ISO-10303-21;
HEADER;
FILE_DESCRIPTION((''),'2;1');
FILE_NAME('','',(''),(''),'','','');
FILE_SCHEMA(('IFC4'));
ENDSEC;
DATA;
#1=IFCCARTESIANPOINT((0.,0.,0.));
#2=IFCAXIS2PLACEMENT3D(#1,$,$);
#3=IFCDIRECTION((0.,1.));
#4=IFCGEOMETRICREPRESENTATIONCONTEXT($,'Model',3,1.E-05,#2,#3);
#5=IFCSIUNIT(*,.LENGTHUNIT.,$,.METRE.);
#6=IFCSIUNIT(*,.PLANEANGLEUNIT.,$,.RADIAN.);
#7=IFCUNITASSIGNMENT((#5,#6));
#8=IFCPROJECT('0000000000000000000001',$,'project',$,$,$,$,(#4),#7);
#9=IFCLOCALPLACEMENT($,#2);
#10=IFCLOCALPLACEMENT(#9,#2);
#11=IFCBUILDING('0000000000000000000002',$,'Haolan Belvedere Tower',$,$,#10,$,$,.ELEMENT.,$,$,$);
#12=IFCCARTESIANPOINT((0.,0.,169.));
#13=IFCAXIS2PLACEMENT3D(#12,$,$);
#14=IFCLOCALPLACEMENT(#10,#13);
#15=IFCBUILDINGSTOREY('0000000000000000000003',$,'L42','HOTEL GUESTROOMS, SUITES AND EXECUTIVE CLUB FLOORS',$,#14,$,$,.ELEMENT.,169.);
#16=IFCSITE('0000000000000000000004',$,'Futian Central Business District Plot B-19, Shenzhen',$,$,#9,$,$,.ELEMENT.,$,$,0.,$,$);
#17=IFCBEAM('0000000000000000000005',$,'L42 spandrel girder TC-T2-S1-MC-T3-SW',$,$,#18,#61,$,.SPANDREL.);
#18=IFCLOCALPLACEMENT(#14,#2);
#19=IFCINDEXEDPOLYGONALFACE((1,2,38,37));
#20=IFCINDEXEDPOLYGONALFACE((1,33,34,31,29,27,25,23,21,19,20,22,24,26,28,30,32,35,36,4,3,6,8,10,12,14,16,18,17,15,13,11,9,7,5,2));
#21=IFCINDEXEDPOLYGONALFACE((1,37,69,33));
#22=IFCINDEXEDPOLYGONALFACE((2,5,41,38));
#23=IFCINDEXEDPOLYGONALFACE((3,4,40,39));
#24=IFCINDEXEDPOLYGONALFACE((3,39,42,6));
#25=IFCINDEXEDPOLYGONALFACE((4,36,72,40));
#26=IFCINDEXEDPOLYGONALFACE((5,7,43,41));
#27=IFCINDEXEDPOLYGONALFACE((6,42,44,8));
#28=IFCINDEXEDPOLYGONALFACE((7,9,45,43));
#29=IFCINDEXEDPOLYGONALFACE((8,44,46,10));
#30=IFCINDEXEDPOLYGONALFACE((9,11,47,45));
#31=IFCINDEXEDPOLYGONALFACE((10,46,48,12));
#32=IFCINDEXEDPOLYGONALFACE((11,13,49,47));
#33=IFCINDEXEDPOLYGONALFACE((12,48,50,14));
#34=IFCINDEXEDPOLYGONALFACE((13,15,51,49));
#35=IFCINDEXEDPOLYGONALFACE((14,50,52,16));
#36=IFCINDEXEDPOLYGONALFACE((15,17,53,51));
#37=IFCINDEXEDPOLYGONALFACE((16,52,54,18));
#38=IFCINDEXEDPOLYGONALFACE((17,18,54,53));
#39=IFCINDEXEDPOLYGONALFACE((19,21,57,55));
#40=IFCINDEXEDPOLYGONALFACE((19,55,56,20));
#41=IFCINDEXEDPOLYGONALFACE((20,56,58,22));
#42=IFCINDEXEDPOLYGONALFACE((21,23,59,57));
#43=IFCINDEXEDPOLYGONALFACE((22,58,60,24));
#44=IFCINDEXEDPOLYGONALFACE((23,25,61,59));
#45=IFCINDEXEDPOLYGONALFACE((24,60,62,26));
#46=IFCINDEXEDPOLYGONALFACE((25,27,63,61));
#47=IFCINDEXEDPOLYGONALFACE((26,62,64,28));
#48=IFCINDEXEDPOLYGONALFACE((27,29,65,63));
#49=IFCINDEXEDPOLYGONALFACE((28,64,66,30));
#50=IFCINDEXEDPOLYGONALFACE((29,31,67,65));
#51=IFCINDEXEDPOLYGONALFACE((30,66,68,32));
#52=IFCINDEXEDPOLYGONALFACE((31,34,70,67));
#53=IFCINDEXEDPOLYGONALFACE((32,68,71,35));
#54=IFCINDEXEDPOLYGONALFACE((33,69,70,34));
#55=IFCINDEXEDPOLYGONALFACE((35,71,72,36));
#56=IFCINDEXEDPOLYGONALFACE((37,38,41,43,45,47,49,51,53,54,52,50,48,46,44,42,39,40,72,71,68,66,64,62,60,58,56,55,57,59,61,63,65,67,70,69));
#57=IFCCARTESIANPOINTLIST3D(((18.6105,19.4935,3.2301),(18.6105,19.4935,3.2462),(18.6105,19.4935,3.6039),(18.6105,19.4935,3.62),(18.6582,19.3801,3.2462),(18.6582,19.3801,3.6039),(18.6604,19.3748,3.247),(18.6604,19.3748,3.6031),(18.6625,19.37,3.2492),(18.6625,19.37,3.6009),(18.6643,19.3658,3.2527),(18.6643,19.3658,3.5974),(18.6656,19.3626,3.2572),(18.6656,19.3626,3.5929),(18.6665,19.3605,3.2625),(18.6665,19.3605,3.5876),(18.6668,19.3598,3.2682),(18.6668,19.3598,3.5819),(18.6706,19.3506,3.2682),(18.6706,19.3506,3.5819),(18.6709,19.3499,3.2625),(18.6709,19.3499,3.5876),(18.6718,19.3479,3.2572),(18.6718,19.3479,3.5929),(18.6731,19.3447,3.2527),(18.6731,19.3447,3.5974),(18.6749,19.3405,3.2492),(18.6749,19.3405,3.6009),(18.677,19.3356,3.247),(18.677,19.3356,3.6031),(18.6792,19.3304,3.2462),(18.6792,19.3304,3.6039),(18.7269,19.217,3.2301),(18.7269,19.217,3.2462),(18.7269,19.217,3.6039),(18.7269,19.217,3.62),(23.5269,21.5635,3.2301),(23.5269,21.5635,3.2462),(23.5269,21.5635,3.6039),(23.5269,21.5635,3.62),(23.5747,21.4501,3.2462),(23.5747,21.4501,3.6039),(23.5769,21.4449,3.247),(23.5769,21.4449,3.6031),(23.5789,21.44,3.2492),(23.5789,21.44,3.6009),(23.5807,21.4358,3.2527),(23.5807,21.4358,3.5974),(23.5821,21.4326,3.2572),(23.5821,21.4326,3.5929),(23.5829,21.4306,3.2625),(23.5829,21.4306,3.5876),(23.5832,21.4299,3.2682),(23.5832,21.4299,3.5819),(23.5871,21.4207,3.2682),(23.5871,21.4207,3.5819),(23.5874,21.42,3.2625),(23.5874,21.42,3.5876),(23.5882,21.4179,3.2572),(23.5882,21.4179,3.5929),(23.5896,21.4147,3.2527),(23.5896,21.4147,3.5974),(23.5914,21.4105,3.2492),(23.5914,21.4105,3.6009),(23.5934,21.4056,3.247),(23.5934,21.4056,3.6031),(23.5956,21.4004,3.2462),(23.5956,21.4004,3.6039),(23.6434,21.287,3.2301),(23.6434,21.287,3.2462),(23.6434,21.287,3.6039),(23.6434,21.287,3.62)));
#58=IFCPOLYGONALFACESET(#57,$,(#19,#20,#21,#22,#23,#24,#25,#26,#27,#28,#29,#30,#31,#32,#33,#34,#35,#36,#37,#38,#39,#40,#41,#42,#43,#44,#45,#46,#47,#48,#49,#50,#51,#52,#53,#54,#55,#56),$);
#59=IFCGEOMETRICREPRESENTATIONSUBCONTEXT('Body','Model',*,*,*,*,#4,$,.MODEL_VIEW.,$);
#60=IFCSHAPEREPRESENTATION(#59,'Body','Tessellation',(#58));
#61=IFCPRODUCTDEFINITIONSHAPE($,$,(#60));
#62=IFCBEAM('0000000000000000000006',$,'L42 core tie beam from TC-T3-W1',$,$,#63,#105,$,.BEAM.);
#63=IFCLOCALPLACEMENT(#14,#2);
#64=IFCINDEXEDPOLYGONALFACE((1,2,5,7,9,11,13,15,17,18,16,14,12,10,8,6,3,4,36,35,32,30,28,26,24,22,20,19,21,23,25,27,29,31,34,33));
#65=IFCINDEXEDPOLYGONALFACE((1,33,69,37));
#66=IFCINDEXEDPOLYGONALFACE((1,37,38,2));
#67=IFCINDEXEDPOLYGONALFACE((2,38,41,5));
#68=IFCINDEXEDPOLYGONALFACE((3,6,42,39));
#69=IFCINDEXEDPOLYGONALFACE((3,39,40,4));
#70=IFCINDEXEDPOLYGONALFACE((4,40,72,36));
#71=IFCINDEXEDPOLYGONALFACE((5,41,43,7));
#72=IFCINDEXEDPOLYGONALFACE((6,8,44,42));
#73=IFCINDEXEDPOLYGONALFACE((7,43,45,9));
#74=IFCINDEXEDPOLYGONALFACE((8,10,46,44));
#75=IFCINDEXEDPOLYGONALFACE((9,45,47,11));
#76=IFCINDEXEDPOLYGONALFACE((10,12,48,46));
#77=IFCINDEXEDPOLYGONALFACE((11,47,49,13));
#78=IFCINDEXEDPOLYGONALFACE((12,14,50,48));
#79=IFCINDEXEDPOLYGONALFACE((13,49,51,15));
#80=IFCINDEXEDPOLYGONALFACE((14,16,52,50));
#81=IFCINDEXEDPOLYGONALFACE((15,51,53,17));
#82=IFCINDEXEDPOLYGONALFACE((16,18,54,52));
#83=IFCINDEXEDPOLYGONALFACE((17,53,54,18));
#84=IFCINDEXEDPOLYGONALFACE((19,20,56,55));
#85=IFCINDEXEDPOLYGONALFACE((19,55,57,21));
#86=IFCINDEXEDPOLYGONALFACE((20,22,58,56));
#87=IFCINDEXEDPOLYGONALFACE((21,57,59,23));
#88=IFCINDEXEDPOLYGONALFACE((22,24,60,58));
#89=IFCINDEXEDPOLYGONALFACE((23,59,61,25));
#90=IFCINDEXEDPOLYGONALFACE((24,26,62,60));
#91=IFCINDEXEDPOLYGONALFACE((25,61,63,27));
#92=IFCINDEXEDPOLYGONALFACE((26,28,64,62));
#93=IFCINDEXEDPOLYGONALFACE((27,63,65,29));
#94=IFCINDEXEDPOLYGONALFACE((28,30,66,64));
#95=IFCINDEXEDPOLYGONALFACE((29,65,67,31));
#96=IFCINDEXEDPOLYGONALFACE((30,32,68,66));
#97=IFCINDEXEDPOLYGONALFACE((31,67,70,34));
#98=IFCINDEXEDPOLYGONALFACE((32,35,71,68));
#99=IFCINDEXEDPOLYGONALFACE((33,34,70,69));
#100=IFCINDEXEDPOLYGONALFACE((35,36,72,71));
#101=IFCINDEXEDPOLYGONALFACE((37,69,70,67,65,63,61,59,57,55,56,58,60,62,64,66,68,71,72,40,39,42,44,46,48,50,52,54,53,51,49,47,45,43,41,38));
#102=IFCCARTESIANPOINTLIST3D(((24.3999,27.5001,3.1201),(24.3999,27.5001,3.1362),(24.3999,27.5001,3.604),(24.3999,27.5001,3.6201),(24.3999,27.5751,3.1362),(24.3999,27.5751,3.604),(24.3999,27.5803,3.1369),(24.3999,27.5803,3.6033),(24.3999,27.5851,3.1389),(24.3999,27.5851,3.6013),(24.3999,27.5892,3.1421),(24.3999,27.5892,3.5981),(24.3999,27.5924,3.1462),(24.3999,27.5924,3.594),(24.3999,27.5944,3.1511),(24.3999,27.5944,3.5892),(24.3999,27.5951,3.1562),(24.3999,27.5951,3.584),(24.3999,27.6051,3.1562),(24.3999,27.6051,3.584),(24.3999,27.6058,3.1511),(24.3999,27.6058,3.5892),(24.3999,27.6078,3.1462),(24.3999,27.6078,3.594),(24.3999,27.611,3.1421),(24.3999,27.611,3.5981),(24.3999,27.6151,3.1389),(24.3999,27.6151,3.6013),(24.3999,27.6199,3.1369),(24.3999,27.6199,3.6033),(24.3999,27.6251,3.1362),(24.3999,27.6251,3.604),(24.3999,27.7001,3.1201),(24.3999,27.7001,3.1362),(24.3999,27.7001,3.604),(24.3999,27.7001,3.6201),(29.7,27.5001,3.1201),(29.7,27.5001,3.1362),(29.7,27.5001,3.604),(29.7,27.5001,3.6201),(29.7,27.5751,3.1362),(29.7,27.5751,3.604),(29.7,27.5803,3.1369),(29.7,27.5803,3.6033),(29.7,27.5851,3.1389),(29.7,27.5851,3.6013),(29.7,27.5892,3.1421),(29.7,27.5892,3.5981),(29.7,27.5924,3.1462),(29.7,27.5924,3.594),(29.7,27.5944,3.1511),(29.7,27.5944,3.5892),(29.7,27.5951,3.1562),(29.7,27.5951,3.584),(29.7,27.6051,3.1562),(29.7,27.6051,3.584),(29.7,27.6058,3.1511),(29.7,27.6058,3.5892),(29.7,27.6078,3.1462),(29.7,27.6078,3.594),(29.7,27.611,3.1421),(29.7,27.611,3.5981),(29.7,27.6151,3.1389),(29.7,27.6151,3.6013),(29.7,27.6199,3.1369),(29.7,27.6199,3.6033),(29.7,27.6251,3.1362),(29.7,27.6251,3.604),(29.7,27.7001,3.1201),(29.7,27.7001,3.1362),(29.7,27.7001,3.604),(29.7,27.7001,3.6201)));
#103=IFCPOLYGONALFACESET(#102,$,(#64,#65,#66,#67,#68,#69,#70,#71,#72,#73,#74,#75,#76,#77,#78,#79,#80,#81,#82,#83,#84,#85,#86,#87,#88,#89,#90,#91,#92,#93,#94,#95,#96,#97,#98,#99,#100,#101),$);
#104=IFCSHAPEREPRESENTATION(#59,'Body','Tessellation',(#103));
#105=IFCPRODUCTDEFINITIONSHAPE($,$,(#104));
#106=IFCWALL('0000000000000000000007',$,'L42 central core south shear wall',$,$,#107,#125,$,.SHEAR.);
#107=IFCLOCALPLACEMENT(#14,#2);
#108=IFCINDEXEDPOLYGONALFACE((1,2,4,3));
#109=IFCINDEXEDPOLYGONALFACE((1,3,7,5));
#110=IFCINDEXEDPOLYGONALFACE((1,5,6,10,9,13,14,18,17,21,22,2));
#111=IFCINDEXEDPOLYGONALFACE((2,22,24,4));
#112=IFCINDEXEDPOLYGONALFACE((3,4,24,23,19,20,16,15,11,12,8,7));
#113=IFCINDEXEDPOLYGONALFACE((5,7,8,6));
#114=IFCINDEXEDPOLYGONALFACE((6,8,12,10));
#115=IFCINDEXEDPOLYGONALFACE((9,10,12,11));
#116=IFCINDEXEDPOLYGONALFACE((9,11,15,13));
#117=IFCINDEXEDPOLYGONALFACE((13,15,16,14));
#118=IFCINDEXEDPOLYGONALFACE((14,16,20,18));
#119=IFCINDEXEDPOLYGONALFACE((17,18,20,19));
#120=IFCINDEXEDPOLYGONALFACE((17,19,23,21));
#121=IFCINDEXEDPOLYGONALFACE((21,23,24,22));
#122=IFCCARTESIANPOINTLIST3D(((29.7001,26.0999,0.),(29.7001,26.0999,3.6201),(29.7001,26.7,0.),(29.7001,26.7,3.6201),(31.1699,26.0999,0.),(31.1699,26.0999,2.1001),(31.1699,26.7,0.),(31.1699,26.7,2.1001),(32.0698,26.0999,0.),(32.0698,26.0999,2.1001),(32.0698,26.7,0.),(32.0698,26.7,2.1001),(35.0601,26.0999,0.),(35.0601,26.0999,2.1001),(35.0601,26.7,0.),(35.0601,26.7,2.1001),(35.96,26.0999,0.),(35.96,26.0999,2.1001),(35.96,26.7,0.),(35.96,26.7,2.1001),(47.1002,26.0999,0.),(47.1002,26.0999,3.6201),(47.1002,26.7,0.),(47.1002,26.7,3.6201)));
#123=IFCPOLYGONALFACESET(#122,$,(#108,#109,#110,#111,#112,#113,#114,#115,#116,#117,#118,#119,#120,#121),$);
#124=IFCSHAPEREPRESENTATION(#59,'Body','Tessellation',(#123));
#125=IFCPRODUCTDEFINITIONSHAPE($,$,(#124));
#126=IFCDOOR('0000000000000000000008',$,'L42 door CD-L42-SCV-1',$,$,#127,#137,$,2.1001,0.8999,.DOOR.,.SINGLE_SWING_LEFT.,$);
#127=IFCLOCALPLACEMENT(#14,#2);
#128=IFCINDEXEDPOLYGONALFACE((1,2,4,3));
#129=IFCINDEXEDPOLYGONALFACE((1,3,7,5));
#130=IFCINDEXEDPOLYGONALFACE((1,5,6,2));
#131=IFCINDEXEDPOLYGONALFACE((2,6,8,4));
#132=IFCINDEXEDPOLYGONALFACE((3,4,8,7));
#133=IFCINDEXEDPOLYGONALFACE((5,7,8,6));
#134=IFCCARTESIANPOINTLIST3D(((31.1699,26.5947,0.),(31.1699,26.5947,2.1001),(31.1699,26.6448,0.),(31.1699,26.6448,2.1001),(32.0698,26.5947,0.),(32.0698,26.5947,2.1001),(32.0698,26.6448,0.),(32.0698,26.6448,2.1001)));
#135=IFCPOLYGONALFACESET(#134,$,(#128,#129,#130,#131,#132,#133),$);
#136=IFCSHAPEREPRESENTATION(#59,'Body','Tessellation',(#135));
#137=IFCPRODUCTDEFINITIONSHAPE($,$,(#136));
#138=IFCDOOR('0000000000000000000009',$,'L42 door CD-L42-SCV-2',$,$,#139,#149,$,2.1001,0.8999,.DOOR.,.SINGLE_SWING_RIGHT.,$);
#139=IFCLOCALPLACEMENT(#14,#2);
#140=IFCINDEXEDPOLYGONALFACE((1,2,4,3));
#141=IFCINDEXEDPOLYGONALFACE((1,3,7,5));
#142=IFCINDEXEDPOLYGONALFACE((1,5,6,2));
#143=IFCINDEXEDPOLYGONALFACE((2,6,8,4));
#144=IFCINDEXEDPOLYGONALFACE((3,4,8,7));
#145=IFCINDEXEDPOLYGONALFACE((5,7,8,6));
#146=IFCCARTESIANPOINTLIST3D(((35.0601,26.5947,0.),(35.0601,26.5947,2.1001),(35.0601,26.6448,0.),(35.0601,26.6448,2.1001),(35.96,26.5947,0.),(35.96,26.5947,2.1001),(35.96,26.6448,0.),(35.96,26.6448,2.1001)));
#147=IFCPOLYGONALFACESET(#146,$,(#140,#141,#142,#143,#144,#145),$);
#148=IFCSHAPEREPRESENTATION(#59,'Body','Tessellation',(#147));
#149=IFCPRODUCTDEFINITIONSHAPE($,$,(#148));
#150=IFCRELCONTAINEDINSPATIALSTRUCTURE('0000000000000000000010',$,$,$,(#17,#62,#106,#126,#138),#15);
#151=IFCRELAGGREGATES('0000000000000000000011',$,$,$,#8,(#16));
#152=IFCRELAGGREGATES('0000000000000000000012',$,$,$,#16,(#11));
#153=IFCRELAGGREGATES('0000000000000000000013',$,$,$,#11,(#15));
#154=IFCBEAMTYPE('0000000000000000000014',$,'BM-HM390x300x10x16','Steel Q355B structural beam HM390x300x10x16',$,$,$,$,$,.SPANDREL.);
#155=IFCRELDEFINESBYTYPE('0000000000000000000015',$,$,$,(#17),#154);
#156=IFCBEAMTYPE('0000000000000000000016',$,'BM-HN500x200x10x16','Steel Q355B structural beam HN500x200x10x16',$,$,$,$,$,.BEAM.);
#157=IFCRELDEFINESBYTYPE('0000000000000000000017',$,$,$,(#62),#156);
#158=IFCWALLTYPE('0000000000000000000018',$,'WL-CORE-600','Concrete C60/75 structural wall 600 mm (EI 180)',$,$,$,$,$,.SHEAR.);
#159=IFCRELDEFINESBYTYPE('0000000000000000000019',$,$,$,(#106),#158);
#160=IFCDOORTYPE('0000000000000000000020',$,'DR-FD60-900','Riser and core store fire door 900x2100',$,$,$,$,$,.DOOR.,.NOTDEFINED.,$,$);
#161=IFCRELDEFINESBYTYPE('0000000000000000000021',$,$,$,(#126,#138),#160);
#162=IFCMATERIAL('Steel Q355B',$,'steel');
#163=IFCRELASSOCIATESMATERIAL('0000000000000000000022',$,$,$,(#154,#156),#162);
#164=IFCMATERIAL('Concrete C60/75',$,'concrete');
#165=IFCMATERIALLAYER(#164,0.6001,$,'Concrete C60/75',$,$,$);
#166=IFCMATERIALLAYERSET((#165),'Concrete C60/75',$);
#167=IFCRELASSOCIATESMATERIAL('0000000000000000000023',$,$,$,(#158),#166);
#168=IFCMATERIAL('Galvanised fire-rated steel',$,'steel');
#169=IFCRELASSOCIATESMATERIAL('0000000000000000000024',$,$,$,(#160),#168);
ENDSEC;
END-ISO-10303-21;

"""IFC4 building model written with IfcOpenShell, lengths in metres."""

from ifc_helpers import new_model, si_unit, direction, frame, frame_2d, origin, origin_2d, place, context, subcontext, project, spatial, rectangle, i_section, extrude, material, layer, layer_set, material_profile, profile_set, type_object, element, fill, save


model = new_model("IFC4")

# Units and contexts
model_context = context("Model", 3, precision=1e-05, world=origin(), true_north=direction((0.0, 1.0)))
body_context = subcontext(model_context, "Body", "Model", "MODEL_VIEW")
ifc_project = project(units=[si_unit("LENGTHUNIT", "METRE"), si_unit("PLANEANGLEUNIT", "RADIAN")], contexts=[model_context])

# Site, building, storey
site_placement = place(None, origin())
site = spatial("IfcSite", under=ifc_project, at=site_placement, Name="Futian Central Business District Plot B-19, Shenzhen", CompositionType="ELEMENT", RefElevation=0.0)
building_placement = place(site_placement, origin())
building = spatial("IfcBuilding", under=site, at=building_placement, Name="Haolan Belvedere Tower", CompositionType="ELEMENT")
storey_placement = place(building_placement, frame((0.0, 0.0, 169.0)))
storey = spatial("IfcBuildingStorey", under=building, at=storey_placement, Name="L42", Description="HOTEL GUESTROOMS, SUITES AND EXECUTIVE CLUB FLOORS", CompositionType="ELEMENT", Elevation=169.0)

# Beams
ifc_material_1 = material(Name="Steel Q355B", Category="steel")
ifc_material_profile_1 = material_profile(ifc_material_1, i_section(OverallWidth=0.3, OverallDepth=0.3899, WebThickness=0.01, FlangeThickness=0.0161, FilletRadius=0.022, at=origin_2d()), Name="Steel Q355B")
ifc_profile_set_1 = profile_set([ifc_material_profile_1], Name="Steel Q355B")
beam_type_1 = type_object("IfcBeamType", Name="BM-HM390x300x10x16", Description="Steel Q355B structural beam HM390x300x10x16", PredefinedType="SPANDREL", material=ifc_profile_set_1)
beam_1_placement = place(storey_placement, frame((18.6687, 19.3552, 3.425), z_axis=(0.921638, 0.388051, 0.0), x_axis=(-0.388051, 0.921638, 0.0)))
element("IfcBeam", 1, at=beam_1_placement, inside=storey, type_object=beam_type_1, Name="L42 spandrel girder TC-T2-S1-MC-T3-SW", PredefinedType="SPANDREL", context=body_context, shape_type="SweptSolid", body=[
    extrude(i_section(OverallWidth=0.3, OverallDepth=0.3899, WebThickness=0.01, FlangeThickness=0.0161, FilletRadius=0.022, at=origin_2d()), origin(), (0.0, 0.0, 1.0), 5.3345),
])
ifc_material_profile_2 = material_profile(ifc_material_1, i_section(OverallWidth=0.2, OverallDepth=0.5, WebThickness=0.01, FlangeThickness=0.0161, FilletRadius=0.02, at=origin_2d()), Name="Steel Q355B")
ifc_profile_set_2 = profile_set([ifc_material_profile_2], Name="Steel Q355B")
beam_type_2 = type_object("IfcBeamType", Name="BM-HN500x200x10x16", Description="Steel Q355B structural beam HN500x200x10x16", PredefinedType="BEAM", material=ifc_profile_set_2)
beam_2_placement = place(storey_placement, frame((24.3999, 27.6001, 3.3701), z_axis=(1.0, 0.0, 0.0), x_axis=(0.0, 1.0, 0.0)))
element("IfcBeam", 2, at=beam_2_placement, inside=storey, type_object=beam_type_2, Name="L42 core tie beam from TC-T3-W1", PredefinedType="BEAM", context=body_context, shape_type="SweptSolid", body=[
    extrude(i_section(OverallWidth=0.2, OverallDepth=0.5, WebThickness=0.01, FlangeThickness=0.0161, FilletRadius=0.02, at=origin_2d()), origin(), (0.0, 0.0, 1.0), 5.3),
])

# Wall, openings, doors
ifc_material_2 = material(Name="Concrete C60/75", Category="concrete")
ifc_layer_1 = layer(ifc_material_2, 0.6001, Name="Concrete C60/75")
ifc_layer_set_1 = layer_set([ifc_layer_1], Name="Concrete C60/75")
wall_type_1 = type_object("IfcWallType", Name="WL-CORE-600", Description="Concrete C60/75 structural wall 600 mm (EI 180)", PredefinedType="SHEAR", material=ifc_layer_set_1)
wall_1_placement = place(storey_placement, frame((29.7, 26.3999, 0.0), z_axis=(0.0, 0.0, 1.0), x_axis=(1.0, 0.0, 0.0)))
wall_1 = element("IfcWall", 3, at=wall_1_placement, inside=storey, type_object=wall_type_1, Name="L42 central core south shear wall", PredefinedType="SHEAR", context=body_context, shape_type="SweptSolid", body=[
    extrude(rectangle(XDim=17.4001, YDim=0.6001, at=frame_2d((8.7002, 0.0))), origin(), (0.0, 0.0, 1.0), 3.6201),
])
opening_1_placement = place(wall_1_placement, frame((2.3699, 0.0, 0.0), z_axis=(0.0, 0.0, 1.0), x_axis=(-1.0, 0.0, 0.0)))
opening_1 = element("IfcOpeningElement", 4, at=opening_1_placement, cuts=wall_1, PredefinedType="OPENING", context=body_context, shape_type="SweptSolid", body=[
    extrude(rectangle(XDim=0.8999, YDim=2.1001, at=frame_2d((0.45, 1.05))), frame((0.0, 0.3101, 0.0), z_axis=(0.0, -1.0, 0.0), x_axis=(1.0, 0.0, 0.0)), (0.0, 0.0, 1.0), 0.6201),
])
opening_2_placement = place(wall_1_placement, frame((6.26, 0.0, 0.0), z_axis=(0.0, 0.0, 1.0), x_axis=(-1.0, 0.0, 0.0)))
opening_2 = element("IfcOpeningElement", 5, at=opening_2_placement, cuts=wall_1, PredefinedType="OPENING", context=body_context, shape_type="SweptSolid", body=[
    extrude(rectangle(XDim=0.8999, YDim=2.1001, at=frame_2d((0.45, 1.05))), frame((0.0, 0.3101, 0.0), z_axis=(0.0, -1.0, 0.0), x_axis=(1.0, 0.0, 0.0)), (0.0, 0.0, 1.0), 0.6201),
])
ifc_material_3 = material(Name="Galvanised fire-rated steel", Category="steel")
door_type_1 = type_object("IfcDoorType", Name="DR-FD60-900", Description="Riser and core store fire door 900x2100", OperationType="NOTDEFINED", PredefinedType="DOOR", material=ifc_material_3)
door_1_placement = place(opening_1_placement, origin())
door_1 = element("IfcDoor", 6, at=door_1_placement, inside=storey, type_object=door_type_1, Name="L42 door CD-L42-SCV-1", OperationType="SINGLE_SWING_LEFT", OverallHeight=2.1001, OverallWidth=0.8999, PredefinedType="DOOR", context=body_context, shape_type="SweptSolid", body=[
    extrude(rectangle(XDim=0.8999, YDim=2.1001, at=frame_2d((0.45, 1.05))), frame((0.0, -0.1948, 0.0), z_axis=(0.0, -1.0, 0.0), x_axis=(1.0, 0.0, 0.0)), (0.0, 0.0, 1.0), 0.05),
])
fill(opening_1, door_1)
door_2_placement = place(opening_2_placement, origin())
door_2 = element("IfcDoor", 7, at=door_2_placement, inside=storey, type_object=door_type_1, Name="L42 door CD-L42-SCV-2", OperationType="SINGLE_SWING_RIGHT", OverallHeight=2.1001, OverallWidth=0.8999, PredefinedType="DOOR", context=body_context, shape_type="SweptSolid", body=[
    extrude(rectangle(XDim=0.8999, YDim=2.1001, at=frame_2d((0.45, 1.05))), frame((0.0, -0.1948, 0.0), z_axis=(0.0, -1.0, 0.0), x_axis=(1.0, 0.0, 0.0)), (0.0, 0.0, 1.0), 0.05),
])
fill(opening_2, door_2)

save(model, "model.ifc")
